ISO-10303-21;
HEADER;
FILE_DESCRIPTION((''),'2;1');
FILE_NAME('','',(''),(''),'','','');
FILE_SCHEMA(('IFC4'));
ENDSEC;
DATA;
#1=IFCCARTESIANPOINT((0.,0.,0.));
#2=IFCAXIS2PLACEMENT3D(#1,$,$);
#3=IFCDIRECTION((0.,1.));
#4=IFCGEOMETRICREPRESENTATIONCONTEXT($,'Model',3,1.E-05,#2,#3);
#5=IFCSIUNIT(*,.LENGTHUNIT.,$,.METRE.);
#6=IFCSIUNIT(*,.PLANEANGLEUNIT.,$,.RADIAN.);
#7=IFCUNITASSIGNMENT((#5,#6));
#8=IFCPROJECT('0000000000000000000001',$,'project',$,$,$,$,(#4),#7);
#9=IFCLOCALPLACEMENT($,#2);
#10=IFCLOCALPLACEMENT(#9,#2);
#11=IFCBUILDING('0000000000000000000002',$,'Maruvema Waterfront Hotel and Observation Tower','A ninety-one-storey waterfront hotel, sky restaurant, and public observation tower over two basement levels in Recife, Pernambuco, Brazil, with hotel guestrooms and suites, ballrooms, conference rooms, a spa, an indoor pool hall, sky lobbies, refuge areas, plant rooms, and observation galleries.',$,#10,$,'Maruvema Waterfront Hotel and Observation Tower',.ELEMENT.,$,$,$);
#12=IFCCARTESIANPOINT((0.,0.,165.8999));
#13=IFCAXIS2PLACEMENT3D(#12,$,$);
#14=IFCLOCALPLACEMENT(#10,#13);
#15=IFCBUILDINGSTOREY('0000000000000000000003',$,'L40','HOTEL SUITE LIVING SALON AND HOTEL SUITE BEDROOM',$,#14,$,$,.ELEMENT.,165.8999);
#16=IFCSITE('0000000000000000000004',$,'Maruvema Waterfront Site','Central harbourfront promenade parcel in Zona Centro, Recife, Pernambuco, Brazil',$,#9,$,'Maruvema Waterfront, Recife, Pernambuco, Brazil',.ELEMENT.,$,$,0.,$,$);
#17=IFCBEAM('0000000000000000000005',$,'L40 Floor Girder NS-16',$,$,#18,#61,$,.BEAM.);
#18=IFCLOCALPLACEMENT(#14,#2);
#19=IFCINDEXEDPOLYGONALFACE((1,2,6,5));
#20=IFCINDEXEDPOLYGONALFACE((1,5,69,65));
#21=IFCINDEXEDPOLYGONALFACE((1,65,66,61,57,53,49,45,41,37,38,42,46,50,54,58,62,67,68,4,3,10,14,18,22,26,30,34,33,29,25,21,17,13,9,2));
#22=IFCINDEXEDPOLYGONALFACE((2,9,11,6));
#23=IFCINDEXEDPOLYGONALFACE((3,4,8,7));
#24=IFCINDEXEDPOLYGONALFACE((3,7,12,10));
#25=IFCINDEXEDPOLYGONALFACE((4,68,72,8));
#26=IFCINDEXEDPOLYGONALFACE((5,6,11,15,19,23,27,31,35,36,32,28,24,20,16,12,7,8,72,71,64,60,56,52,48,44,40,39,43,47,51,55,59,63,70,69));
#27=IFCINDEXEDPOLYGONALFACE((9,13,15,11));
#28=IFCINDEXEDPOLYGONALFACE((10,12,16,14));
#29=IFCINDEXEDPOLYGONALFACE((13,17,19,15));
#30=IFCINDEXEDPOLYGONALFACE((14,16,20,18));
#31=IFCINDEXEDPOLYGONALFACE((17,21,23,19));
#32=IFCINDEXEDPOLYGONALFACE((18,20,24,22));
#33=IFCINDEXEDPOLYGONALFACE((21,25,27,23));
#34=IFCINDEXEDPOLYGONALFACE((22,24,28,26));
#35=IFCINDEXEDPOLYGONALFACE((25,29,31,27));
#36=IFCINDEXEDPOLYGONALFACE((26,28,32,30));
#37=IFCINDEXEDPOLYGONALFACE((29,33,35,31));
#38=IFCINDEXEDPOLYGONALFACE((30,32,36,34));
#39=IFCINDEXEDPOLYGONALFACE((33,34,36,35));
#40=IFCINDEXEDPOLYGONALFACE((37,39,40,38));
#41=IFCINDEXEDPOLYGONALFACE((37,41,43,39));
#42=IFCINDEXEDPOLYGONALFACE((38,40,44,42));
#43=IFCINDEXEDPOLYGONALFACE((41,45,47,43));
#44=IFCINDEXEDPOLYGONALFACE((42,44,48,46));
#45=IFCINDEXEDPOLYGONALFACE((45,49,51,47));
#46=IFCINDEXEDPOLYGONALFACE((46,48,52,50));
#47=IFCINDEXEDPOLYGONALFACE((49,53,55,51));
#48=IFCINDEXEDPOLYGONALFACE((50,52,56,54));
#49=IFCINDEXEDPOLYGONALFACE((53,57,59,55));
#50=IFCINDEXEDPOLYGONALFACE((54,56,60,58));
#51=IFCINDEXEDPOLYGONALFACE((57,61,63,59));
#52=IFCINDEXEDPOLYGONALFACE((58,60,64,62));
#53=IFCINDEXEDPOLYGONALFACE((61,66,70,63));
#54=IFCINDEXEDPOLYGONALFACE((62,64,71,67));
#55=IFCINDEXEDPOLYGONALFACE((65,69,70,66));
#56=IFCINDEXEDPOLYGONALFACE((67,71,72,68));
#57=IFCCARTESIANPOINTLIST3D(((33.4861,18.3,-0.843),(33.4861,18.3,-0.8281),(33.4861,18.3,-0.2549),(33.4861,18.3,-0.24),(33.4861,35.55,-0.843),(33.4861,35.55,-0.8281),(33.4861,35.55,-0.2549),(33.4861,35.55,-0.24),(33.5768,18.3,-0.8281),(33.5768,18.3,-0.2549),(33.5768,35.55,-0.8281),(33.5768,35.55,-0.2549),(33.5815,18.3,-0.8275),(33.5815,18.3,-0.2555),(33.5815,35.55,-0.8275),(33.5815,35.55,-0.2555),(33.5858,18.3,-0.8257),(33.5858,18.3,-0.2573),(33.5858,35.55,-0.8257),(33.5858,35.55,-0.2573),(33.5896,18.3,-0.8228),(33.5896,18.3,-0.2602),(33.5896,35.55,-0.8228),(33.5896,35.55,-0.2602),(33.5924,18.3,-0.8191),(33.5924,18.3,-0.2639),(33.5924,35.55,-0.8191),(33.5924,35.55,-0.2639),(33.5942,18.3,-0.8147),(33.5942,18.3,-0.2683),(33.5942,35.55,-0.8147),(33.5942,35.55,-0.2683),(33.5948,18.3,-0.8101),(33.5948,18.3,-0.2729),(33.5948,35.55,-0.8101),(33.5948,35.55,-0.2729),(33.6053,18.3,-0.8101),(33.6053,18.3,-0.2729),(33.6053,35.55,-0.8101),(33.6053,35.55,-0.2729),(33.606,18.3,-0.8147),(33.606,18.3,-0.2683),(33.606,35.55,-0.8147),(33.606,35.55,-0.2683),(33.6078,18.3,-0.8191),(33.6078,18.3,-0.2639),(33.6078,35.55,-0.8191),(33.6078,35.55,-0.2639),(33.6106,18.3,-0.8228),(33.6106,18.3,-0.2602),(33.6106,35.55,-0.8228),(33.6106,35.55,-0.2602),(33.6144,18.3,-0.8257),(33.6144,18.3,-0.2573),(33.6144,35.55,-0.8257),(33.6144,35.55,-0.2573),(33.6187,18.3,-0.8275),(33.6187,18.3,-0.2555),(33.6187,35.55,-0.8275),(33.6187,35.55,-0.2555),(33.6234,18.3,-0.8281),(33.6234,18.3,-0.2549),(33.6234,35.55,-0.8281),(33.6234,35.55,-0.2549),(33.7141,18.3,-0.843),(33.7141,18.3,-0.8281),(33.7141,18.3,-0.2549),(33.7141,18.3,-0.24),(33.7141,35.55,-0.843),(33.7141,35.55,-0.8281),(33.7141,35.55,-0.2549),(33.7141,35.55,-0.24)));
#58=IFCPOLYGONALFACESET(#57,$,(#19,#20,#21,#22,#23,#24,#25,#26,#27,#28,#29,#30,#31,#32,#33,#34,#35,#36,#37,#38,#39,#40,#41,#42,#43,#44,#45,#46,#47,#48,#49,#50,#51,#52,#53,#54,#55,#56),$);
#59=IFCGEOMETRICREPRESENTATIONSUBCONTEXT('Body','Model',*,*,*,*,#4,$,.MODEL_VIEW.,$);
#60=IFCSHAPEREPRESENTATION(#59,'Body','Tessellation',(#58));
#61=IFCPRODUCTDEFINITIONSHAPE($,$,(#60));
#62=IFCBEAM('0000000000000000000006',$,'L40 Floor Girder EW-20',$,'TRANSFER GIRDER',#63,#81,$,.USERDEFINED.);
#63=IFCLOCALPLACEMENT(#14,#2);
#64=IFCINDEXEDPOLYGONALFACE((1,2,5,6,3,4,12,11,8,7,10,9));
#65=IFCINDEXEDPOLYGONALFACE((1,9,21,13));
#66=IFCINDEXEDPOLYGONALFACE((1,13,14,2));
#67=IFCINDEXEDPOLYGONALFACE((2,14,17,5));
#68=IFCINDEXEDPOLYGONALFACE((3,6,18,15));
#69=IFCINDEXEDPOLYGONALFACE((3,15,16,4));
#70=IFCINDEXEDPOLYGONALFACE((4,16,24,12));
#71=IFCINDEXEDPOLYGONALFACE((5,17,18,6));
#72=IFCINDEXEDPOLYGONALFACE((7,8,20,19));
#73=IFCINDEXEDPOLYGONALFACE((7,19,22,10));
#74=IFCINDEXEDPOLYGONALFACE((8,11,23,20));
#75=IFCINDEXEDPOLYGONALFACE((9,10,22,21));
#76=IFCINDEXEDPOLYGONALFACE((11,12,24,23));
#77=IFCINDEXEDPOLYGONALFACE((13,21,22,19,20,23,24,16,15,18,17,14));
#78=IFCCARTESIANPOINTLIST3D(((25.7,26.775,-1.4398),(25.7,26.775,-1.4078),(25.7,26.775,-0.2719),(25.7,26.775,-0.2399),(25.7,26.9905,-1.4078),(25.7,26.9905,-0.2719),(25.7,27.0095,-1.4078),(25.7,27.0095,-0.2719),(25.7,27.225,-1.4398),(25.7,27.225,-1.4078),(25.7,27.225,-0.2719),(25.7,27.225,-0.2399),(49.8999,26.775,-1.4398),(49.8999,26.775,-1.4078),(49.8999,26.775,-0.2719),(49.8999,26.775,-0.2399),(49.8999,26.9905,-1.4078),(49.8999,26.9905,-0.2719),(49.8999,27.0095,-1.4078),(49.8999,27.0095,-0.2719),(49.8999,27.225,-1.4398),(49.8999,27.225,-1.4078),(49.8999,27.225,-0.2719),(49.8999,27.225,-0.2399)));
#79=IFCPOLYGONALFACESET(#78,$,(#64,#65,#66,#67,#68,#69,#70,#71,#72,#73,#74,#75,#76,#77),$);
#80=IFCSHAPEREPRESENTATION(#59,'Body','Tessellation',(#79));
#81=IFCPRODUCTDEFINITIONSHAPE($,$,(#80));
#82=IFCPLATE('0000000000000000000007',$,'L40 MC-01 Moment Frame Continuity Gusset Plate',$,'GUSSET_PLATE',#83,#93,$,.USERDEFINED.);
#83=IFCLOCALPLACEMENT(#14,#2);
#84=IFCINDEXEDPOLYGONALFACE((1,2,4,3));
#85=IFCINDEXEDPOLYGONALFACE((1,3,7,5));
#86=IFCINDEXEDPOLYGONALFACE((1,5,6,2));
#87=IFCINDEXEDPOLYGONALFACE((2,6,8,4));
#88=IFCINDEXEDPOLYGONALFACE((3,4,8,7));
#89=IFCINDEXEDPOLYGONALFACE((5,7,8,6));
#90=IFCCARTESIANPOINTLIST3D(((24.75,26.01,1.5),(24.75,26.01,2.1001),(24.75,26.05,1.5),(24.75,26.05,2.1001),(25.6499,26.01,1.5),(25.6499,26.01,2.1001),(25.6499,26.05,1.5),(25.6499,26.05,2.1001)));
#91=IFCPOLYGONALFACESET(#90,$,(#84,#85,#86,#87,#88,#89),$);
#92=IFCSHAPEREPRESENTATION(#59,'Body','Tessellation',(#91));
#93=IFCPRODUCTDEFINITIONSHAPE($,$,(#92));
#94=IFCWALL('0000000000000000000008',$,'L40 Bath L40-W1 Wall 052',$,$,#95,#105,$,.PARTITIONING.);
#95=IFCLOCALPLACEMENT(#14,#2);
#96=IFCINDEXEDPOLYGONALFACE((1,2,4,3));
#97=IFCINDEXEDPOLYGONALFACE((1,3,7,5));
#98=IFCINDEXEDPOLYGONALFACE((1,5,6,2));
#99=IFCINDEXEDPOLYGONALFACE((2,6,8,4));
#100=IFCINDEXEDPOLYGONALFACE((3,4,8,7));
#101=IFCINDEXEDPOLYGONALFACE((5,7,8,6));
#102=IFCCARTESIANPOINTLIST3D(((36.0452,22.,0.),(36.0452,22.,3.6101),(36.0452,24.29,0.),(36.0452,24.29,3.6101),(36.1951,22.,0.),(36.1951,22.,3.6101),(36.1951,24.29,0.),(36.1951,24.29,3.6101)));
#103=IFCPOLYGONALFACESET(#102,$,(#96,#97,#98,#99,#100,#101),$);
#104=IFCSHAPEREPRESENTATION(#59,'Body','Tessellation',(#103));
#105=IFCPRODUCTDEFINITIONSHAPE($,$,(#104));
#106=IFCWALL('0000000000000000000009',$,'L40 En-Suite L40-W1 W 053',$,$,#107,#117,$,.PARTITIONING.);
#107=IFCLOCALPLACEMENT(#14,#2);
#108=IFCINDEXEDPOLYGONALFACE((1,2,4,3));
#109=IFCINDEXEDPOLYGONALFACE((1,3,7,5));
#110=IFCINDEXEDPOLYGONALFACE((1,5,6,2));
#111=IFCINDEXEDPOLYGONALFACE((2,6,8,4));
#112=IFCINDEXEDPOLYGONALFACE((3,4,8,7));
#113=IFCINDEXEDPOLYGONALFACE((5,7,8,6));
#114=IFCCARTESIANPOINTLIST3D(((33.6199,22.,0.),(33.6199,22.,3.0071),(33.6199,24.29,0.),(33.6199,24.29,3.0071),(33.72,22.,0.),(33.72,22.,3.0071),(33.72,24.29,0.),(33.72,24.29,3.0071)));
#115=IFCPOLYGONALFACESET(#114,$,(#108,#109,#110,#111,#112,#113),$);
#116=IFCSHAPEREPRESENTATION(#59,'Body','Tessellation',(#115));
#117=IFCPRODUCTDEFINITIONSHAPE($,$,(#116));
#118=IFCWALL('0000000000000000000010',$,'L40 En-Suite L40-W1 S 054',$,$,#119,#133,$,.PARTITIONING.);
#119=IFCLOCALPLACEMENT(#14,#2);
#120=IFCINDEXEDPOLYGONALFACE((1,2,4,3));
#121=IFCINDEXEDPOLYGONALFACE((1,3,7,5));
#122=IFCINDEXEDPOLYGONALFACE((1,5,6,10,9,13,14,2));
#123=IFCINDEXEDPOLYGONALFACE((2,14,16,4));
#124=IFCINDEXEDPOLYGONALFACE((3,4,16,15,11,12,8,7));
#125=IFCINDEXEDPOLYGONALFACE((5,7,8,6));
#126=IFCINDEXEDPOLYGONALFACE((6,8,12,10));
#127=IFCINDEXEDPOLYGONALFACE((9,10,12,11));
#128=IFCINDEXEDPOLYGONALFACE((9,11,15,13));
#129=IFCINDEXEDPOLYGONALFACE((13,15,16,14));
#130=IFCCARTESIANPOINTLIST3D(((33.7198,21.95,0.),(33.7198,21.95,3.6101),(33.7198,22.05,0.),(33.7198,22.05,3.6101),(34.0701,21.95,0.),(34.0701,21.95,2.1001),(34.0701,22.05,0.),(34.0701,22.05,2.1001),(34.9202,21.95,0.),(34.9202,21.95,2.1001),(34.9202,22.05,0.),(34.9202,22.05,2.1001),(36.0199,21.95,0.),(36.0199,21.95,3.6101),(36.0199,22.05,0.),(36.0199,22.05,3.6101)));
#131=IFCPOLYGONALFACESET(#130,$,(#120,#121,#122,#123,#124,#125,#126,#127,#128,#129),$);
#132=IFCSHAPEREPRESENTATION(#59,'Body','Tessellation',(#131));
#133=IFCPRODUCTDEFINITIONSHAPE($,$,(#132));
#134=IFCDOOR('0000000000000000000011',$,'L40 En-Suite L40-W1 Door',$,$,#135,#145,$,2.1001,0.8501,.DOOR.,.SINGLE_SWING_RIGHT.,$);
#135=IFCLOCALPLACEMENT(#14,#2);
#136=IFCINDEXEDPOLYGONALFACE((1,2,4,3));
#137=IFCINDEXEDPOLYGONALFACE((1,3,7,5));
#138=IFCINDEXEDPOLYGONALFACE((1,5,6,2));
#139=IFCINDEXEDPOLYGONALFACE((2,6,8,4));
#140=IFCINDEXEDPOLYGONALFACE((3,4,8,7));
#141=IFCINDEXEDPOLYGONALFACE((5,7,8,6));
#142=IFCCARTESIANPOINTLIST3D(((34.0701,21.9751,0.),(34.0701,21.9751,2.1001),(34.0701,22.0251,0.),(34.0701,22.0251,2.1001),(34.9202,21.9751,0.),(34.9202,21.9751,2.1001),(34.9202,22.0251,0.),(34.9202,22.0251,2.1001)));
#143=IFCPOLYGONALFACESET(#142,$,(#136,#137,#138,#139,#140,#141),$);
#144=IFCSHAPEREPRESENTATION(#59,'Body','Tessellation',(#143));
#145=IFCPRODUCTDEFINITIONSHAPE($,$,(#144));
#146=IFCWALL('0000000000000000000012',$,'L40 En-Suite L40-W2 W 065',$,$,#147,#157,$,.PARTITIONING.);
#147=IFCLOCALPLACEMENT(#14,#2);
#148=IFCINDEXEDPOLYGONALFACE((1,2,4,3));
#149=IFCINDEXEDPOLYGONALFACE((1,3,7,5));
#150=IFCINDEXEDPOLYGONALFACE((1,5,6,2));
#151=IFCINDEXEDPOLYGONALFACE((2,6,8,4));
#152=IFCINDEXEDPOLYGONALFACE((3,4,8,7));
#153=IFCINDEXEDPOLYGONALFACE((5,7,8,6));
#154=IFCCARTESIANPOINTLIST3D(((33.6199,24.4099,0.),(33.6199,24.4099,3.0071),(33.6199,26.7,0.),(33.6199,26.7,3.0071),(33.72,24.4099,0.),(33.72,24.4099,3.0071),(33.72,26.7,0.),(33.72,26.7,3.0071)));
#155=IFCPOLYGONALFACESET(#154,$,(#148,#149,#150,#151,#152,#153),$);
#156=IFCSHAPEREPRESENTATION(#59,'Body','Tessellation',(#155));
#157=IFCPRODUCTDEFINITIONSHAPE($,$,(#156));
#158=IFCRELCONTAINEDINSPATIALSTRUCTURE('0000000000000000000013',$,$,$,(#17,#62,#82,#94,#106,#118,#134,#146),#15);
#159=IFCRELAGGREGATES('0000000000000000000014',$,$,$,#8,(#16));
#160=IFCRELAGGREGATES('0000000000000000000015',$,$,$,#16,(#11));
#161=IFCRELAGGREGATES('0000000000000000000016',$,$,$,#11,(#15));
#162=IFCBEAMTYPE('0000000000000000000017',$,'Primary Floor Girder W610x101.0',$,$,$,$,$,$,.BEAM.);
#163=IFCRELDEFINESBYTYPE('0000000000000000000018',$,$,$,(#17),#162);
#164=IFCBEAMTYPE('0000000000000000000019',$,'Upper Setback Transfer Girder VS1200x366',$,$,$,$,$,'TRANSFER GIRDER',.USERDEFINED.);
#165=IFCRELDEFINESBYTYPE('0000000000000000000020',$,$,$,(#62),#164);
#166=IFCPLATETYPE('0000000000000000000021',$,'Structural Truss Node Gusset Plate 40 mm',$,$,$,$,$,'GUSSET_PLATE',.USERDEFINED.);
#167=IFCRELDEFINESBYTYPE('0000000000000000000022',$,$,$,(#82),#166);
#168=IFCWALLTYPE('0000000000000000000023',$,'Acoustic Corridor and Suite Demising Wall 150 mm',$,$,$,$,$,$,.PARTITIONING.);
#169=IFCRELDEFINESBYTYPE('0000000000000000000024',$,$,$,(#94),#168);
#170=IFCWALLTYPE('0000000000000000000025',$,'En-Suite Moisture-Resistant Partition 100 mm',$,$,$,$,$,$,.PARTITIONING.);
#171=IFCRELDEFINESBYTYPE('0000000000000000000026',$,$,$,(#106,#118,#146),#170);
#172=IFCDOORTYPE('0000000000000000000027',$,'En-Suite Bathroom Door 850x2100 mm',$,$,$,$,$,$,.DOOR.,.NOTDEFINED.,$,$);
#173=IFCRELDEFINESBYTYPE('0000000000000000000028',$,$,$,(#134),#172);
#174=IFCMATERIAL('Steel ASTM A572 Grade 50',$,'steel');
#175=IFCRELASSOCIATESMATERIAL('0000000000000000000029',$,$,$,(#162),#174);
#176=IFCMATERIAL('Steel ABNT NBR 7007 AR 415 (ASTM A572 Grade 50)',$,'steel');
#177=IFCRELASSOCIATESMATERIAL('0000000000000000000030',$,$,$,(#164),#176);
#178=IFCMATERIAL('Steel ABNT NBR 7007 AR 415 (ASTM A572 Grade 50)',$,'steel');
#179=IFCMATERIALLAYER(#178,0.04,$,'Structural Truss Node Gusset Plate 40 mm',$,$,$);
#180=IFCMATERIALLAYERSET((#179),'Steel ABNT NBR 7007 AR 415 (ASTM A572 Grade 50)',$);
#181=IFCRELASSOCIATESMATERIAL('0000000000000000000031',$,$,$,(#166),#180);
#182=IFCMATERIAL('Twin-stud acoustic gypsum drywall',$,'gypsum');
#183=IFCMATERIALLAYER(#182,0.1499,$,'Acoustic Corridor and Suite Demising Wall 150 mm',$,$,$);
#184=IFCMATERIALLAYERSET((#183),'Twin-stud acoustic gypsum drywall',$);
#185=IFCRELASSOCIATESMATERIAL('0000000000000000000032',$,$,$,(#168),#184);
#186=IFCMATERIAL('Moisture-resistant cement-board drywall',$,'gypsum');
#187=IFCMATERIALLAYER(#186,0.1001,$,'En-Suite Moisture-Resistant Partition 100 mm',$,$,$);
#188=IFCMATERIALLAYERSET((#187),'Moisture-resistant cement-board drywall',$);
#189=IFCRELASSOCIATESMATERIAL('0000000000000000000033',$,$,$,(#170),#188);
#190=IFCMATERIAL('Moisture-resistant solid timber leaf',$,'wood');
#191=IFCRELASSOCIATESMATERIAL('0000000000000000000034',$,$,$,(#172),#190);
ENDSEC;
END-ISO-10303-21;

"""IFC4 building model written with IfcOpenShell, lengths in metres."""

from ifc_helpers import new_model, si_unit, direction, frame, frame_2d, origin, origin_2d, place, context, subcontext, project, spatial, rectangle, i_section, extrude, material, layer, layer_set, material_profile, profile_set, type_object, element, fill, save


model = new_model("IFC4")

# Units and contexts
model_context = context("Model", 3, precision=1e-05, world=origin(), true_north=direction((0.0, 1.0)))
body_context = subcontext(model_context, "Body", "Model", "MODEL_VIEW")
ifc_project = project(units=[si_unit("LENGTHUNIT", "METRE"), si_unit("PLANEANGLEUNIT", "RADIAN")], contexts=[model_context])

# Site, building, storey
site_placement = place(None, origin())
site = spatial("IfcSite", under=ifc_project, at=site_placement, Name="Maruvema Waterfront Site", Description="Central harbourfront promenade parcel in Zona Centro, Recife, Pernambuco, Brazil", LongName="Maruvema Waterfront, Recife, Pernambuco, Brazil", CompositionType="ELEMENT", RefElevation=0.0)
building_placement = place(site_placement, origin())
building = spatial("IfcBuilding", under=site, at=building_placement, Name="Maruvema Waterfront Hotel and Observation Tower", Description="A ninety-one-storey waterfront hotel, sky restaurant, and public observation tower over two basement levels in Recife, Pernambuco, Brazil, with hotel guestrooms and suites, ballrooms, conference rooms, a spa, an indoor pool hall, sky lobbies, refuge areas, plant rooms, and observation galleries.", LongName="Maruvema Waterfront Hotel and Observation Tower", CompositionType="ELEMENT")
storey_placement = place(building_placement, frame((0.0, 0.0, 165.8999)))
storey = spatial("IfcBuildingStorey", under=building, at=storey_placement, Name="L40", Description="HOTEL SUITE LIVING SALON AND HOTEL SUITE BEDROOM", CompositionType="ELEMENT", Elevation=165.8999)

# Beams
ifc_material_1 = material(Name="Steel ASTM A572 Grade 50", Category="steel")
ifc_material_profile_1 = material_profile(ifc_material_1, i_section(OverallWidth=0.228, OverallDepth=0.603, WebThickness=0.0105, FlangeThickness=0.0149, FilletRadius=0.0181, at=origin_2d()), Name="W610x101.0")
ifc_profile_set_1 = profile_set([ifc_material_profile_1], Name="Steel ASTM A572 Grade 50")
beam_type_1 = type_object("IfcBeamType", Name="Primary Floor Girder W610x101.0", PredefinedType="BEAM", material=ifc_profile_set_1)
beam_1_placement = place(storey_placement, frame((33.6001, 18.3, -0.5415), z_axis=(0.0, 1.0, 0.0), x_axis=(-1.0, 0.0, 0.0)))
element("IfcBeam", 1, at=beam_1_placement, inside=storey, type_object=beam_type_1, Name="L40 Floor Girder NS-16", PredefinedType="BEAM", context=body_context, shape_type="SweptSolid", body=[
    extrude(i_section(OverallWidth=0.228, OverallDepth=0.603, WebThickness=0.0105, FlangeThickness=0.0149, FilletRadius=0.0181, at=origin_2d()), origin(), (0.0, 0.0, 1.0), 17.25),
])
ifc_material_2 = material(Name="Steel ABNT NBR 7007 AR 415 (ASTM A572 Grade 50)", Category="steel")
ifc_material_profile_2 = material_profile(ifc_material_2, i_section(OverallWidth=0.45, OverallDepth=1.2, WebThickness=0.019, FlangeThickness=0.032, at=origin_2d()), Name="VS1200x366")
ifc_profile_set_2 = profile_set([ifc_material_profile_2], Name="Steel ABNT NBR 7007 AR 415 (ASTM A572 Grade 50)")
beam_type_2 = type_object("IfcBeamType", Name="Upper Setback Transfer Girder VS1200x366", ElementType="TRANSFER GIRDER", PredefinedType="USERDEFINED", material=ifc_profile_set_2)
beam_2_placement = place(storey_placement, frame((25.7, 27.0, -0.8398), z_axis=(1.0, 0.0, 0.0), x_axis=(0.0, 1.0, 0.0)))
element("IfcBeam", 2, at=beam_2_placement, inside=storey, type_object=beam_type_2, Name="L40 Floor Girder EW-20", ObjectType="TRANSFER GIRDER", PredefinedType="USERDEFINED", context=body_context, shape_type="SweptSolid", body=[
    extrude(i_section(OverallWidth=0.45, OverallDepth=1.2, WebThickness=0.019, FlangeThickness=0.032, at=origin_2d()), origin(), (0.0, 0.0, 1.0), 24.2),
])

# Plate
ifc_material_3 = material(Name="Steel ABNT NBR 7007 AR 415 (ASTM A572 Grade 50)", Category="steel")
ifc_layer_1 = layer(ifc_material_3, 0.04, Name="Structural Truss Node Gusset Plate 40 mm")
ifc_layer_set_1 = layer_set([ifc_layer_1], Name="Steel ABNT NBR 7007 AR 415 (ASTM A572 Grade 50)")
plate_type = type_object("IfcPlateType", Name="Structural Truss Node Gusset Plate 40 mm", ElementType="GUSSET_PLATE", PredefinedType="USERDEFINED", material=ifc_layer_set_1)
plate_placement = place(storey_placement, frame((25.2, 26.03, 1.5), z_axis=(0.0, 0.0, 1.0), x_axis=(1.0, 0.0, 0.0)))
element("IfcPlate", 3, at=plate_placement, inside=storey, type_object=plate_type, Name="L40 MC-01 Moment Frame Continuity Gusset Plate", ObjectType="GUSSET_PLATE", PredefinedType="USERDEFINED", context=body_context, shape_type="SweptSolid", body=[
    extrude(rectangle(XDim=0.8999, YDim=0.04, at=origin_2d()), origin(), (0.0, 0.0, 1.0), 0.6001),
])

# Walls
ifc_material_4 = material(Name="Twin-stud acoustic gypsum drywall", Category="gypsum")
ifc_layer_2 = layer(ifc_material_4, 0.1499, Name="Acoustic Corridor and Suite Demising Wall 150 mm")
ifc_layer_set_2 = layer_set([ifc_layer_2], Name="Twin-stud acoustic gypsum drywall")
wall_type_1 = type_object("IfcWallType", Name="Acoustic Corridor and Suite Demising Wall 150 mm", PredefinedType="PARTITIONING", material=ifc_layer_set_2)
wall_1_placement = place(storey_placement, frame((36.1201, 22.0, 0.0), z_axis=(0.0, 0.0, 1.0), x_axis=(0.0, 1.0, 0.0)))
element("IfcWall", 4, at=wall_1_placement, inside=storey, type_object=wall_type_1, Name="L40 Bath L40-W1 Wall 052", PredefinedType="PARTITIONING", context=body_context, shape_type="SweptSolid", body=[
    extrude(rectangle(XDim=2.29, YDim=0.1499, at=frame_2d((1.145, 0.0))), origin(), (0.0, 0.0, 1.0), 3.6101),
])
ifc_material_5 = material(Name="Moisture-resistant cement-board drywall", Category="gypsum")
ifc_layer_3 = layer(ifc_material_5, 0.1001, Name="En-Suite Moisture-Resistant Partition 100 mm")
ifc_layer_set_3 = layer_set([ifc_layer_3], Name="Moisture-resistant cement-board drywall")
wall_type_2 = type_object("IfcWallType", Name="En-Suite Moisture-Resistant Partition 100 mm", PredefinedType="PARTITIONING", material=ifc_layer_set_3)
wall_2_placement = place(storey_placement, frame((33.6699, 22.0, 0.0), z_axis=(0.0, 0.0, 1.0), x_axis=(0.0, 1.0, 0.0)))
element("IfcWall", 5, at=wall_2_placement, inside=storey, type_object=wall_type_2, Name="L40 En-Suite L40-W1 W 053", PredefinedType="PARTITIONING", context=body_context, shape_type="SweptSolid", body=[
    extrude(rectangle(XDim=2.29, YDim=0.1001, at=frame_2d((1.145, 0.0))), origin(), (0.0, 0.0, 1.0), 3.0071),
])

# Wall, opening, door
wall_3_placement = place(storey_placement, frame((33.72, 22.0, 0.0), z_axis=(0.0, 0.0, 1.0), x_axis=(1.0, 0.0, 0.0)))
wall_3 = element("IfcWall", 6, at=wall_3_placement, inside=storey, type_object=wall_type_2, Name="L40 En-Suite L40-W1 S 054", PredefinedType="PARTITIONING", context=body_context, shape_type="SweptSolid", body=[
    extrude(rectangle(XDim=2.3, YDim=0.1001, at=frame_2d((1.1499, 0.0))), origin(), (0.0, 0.0, 1.0), 3.6101),
])
opening_1_placement = place(wall_3_placement, frame((0.3501, 0.0, 0.0)))
opening_1 = element("IfcOpeningElement", 7, at=opening_1_placement, cuts=wall_3, PredefinedType="OPENING", context=body_context, shape_type="SweptSolid", body=[
    extrude(rectangle(XDim=0.8501, YDim=2.1001, at=frame_2d((0.425, 1.05))), frame((0.0, 0.0601, 0.0), z_axis=(0.0, -1.0, 0.0), x_axis=(1.0, 0.0, 0.0)), (0.0, 0.0, 1.0), 0.1201),
])
ifc_material_6 = material(Name="Moisture-resistant solid timber leaf", Category="wood")
door_type_1 = type_object("IfcDoorType", Name="En-Suite Bathroom Door 850x2100 mm", OperationType="NOTDEFINED", PredefinedType="DOOR", material=ifc_material_6)
door_1_placement = place(opening_1_placement, frame((0.8501, 0.0, 0.0), z_axis=(0.0, 0.0, 1.0), x_axis=(-1.0, 0.0, 0.0)))
door_1 = element("IfcDoor", 8, at=door_1_placement, inside=storey, type_object=door_type_1, Name="L40 En-Suite L40-W1 Door", OperationType="SINGLE_SWING_RIGHT", OverallHeight=2.1001, OverallWidth=0.8501, PredefinedType="DOOR", context=body_context, shape_type="SweptSolid", body=[
    extrude(rectangle(XDim=0.8501, YDim=2.1001, at=frame_2d((0.425, 1.05))), frame((0.0, 0.0249, 0.0), z_axis=(0.0, -1.0, 0.0), x_axis=(1.0, 0.0, 0.0)), (0.0, 0.0, 1.0), 0.05),
])
fill(opening_1, door_1)

# Wall
wall_4_placement = place(storey_placement, frame((33.6699, 24.4099, 0.0), z_axis=(0.0, 0.0, 1.0), x_axis=(0.0, 1.0, 0.0)))
element("IfcWall", 9, at=wall_4_placement, inside=storey, type_object=wall_type_2, Name="L40 En-Suite L40-W2 W 065", PredefinedType="PARTITIONING", context=body_context, shape_type="SweptSolid", body=[
    extrude(rectangle(XDim=2.29, YDim=0.1001, at=frame_2d((1.145, 0.0))), origin(), (0.0, 0.0, 1.0), 3.0071),
])

save(model, "model.ifc")
